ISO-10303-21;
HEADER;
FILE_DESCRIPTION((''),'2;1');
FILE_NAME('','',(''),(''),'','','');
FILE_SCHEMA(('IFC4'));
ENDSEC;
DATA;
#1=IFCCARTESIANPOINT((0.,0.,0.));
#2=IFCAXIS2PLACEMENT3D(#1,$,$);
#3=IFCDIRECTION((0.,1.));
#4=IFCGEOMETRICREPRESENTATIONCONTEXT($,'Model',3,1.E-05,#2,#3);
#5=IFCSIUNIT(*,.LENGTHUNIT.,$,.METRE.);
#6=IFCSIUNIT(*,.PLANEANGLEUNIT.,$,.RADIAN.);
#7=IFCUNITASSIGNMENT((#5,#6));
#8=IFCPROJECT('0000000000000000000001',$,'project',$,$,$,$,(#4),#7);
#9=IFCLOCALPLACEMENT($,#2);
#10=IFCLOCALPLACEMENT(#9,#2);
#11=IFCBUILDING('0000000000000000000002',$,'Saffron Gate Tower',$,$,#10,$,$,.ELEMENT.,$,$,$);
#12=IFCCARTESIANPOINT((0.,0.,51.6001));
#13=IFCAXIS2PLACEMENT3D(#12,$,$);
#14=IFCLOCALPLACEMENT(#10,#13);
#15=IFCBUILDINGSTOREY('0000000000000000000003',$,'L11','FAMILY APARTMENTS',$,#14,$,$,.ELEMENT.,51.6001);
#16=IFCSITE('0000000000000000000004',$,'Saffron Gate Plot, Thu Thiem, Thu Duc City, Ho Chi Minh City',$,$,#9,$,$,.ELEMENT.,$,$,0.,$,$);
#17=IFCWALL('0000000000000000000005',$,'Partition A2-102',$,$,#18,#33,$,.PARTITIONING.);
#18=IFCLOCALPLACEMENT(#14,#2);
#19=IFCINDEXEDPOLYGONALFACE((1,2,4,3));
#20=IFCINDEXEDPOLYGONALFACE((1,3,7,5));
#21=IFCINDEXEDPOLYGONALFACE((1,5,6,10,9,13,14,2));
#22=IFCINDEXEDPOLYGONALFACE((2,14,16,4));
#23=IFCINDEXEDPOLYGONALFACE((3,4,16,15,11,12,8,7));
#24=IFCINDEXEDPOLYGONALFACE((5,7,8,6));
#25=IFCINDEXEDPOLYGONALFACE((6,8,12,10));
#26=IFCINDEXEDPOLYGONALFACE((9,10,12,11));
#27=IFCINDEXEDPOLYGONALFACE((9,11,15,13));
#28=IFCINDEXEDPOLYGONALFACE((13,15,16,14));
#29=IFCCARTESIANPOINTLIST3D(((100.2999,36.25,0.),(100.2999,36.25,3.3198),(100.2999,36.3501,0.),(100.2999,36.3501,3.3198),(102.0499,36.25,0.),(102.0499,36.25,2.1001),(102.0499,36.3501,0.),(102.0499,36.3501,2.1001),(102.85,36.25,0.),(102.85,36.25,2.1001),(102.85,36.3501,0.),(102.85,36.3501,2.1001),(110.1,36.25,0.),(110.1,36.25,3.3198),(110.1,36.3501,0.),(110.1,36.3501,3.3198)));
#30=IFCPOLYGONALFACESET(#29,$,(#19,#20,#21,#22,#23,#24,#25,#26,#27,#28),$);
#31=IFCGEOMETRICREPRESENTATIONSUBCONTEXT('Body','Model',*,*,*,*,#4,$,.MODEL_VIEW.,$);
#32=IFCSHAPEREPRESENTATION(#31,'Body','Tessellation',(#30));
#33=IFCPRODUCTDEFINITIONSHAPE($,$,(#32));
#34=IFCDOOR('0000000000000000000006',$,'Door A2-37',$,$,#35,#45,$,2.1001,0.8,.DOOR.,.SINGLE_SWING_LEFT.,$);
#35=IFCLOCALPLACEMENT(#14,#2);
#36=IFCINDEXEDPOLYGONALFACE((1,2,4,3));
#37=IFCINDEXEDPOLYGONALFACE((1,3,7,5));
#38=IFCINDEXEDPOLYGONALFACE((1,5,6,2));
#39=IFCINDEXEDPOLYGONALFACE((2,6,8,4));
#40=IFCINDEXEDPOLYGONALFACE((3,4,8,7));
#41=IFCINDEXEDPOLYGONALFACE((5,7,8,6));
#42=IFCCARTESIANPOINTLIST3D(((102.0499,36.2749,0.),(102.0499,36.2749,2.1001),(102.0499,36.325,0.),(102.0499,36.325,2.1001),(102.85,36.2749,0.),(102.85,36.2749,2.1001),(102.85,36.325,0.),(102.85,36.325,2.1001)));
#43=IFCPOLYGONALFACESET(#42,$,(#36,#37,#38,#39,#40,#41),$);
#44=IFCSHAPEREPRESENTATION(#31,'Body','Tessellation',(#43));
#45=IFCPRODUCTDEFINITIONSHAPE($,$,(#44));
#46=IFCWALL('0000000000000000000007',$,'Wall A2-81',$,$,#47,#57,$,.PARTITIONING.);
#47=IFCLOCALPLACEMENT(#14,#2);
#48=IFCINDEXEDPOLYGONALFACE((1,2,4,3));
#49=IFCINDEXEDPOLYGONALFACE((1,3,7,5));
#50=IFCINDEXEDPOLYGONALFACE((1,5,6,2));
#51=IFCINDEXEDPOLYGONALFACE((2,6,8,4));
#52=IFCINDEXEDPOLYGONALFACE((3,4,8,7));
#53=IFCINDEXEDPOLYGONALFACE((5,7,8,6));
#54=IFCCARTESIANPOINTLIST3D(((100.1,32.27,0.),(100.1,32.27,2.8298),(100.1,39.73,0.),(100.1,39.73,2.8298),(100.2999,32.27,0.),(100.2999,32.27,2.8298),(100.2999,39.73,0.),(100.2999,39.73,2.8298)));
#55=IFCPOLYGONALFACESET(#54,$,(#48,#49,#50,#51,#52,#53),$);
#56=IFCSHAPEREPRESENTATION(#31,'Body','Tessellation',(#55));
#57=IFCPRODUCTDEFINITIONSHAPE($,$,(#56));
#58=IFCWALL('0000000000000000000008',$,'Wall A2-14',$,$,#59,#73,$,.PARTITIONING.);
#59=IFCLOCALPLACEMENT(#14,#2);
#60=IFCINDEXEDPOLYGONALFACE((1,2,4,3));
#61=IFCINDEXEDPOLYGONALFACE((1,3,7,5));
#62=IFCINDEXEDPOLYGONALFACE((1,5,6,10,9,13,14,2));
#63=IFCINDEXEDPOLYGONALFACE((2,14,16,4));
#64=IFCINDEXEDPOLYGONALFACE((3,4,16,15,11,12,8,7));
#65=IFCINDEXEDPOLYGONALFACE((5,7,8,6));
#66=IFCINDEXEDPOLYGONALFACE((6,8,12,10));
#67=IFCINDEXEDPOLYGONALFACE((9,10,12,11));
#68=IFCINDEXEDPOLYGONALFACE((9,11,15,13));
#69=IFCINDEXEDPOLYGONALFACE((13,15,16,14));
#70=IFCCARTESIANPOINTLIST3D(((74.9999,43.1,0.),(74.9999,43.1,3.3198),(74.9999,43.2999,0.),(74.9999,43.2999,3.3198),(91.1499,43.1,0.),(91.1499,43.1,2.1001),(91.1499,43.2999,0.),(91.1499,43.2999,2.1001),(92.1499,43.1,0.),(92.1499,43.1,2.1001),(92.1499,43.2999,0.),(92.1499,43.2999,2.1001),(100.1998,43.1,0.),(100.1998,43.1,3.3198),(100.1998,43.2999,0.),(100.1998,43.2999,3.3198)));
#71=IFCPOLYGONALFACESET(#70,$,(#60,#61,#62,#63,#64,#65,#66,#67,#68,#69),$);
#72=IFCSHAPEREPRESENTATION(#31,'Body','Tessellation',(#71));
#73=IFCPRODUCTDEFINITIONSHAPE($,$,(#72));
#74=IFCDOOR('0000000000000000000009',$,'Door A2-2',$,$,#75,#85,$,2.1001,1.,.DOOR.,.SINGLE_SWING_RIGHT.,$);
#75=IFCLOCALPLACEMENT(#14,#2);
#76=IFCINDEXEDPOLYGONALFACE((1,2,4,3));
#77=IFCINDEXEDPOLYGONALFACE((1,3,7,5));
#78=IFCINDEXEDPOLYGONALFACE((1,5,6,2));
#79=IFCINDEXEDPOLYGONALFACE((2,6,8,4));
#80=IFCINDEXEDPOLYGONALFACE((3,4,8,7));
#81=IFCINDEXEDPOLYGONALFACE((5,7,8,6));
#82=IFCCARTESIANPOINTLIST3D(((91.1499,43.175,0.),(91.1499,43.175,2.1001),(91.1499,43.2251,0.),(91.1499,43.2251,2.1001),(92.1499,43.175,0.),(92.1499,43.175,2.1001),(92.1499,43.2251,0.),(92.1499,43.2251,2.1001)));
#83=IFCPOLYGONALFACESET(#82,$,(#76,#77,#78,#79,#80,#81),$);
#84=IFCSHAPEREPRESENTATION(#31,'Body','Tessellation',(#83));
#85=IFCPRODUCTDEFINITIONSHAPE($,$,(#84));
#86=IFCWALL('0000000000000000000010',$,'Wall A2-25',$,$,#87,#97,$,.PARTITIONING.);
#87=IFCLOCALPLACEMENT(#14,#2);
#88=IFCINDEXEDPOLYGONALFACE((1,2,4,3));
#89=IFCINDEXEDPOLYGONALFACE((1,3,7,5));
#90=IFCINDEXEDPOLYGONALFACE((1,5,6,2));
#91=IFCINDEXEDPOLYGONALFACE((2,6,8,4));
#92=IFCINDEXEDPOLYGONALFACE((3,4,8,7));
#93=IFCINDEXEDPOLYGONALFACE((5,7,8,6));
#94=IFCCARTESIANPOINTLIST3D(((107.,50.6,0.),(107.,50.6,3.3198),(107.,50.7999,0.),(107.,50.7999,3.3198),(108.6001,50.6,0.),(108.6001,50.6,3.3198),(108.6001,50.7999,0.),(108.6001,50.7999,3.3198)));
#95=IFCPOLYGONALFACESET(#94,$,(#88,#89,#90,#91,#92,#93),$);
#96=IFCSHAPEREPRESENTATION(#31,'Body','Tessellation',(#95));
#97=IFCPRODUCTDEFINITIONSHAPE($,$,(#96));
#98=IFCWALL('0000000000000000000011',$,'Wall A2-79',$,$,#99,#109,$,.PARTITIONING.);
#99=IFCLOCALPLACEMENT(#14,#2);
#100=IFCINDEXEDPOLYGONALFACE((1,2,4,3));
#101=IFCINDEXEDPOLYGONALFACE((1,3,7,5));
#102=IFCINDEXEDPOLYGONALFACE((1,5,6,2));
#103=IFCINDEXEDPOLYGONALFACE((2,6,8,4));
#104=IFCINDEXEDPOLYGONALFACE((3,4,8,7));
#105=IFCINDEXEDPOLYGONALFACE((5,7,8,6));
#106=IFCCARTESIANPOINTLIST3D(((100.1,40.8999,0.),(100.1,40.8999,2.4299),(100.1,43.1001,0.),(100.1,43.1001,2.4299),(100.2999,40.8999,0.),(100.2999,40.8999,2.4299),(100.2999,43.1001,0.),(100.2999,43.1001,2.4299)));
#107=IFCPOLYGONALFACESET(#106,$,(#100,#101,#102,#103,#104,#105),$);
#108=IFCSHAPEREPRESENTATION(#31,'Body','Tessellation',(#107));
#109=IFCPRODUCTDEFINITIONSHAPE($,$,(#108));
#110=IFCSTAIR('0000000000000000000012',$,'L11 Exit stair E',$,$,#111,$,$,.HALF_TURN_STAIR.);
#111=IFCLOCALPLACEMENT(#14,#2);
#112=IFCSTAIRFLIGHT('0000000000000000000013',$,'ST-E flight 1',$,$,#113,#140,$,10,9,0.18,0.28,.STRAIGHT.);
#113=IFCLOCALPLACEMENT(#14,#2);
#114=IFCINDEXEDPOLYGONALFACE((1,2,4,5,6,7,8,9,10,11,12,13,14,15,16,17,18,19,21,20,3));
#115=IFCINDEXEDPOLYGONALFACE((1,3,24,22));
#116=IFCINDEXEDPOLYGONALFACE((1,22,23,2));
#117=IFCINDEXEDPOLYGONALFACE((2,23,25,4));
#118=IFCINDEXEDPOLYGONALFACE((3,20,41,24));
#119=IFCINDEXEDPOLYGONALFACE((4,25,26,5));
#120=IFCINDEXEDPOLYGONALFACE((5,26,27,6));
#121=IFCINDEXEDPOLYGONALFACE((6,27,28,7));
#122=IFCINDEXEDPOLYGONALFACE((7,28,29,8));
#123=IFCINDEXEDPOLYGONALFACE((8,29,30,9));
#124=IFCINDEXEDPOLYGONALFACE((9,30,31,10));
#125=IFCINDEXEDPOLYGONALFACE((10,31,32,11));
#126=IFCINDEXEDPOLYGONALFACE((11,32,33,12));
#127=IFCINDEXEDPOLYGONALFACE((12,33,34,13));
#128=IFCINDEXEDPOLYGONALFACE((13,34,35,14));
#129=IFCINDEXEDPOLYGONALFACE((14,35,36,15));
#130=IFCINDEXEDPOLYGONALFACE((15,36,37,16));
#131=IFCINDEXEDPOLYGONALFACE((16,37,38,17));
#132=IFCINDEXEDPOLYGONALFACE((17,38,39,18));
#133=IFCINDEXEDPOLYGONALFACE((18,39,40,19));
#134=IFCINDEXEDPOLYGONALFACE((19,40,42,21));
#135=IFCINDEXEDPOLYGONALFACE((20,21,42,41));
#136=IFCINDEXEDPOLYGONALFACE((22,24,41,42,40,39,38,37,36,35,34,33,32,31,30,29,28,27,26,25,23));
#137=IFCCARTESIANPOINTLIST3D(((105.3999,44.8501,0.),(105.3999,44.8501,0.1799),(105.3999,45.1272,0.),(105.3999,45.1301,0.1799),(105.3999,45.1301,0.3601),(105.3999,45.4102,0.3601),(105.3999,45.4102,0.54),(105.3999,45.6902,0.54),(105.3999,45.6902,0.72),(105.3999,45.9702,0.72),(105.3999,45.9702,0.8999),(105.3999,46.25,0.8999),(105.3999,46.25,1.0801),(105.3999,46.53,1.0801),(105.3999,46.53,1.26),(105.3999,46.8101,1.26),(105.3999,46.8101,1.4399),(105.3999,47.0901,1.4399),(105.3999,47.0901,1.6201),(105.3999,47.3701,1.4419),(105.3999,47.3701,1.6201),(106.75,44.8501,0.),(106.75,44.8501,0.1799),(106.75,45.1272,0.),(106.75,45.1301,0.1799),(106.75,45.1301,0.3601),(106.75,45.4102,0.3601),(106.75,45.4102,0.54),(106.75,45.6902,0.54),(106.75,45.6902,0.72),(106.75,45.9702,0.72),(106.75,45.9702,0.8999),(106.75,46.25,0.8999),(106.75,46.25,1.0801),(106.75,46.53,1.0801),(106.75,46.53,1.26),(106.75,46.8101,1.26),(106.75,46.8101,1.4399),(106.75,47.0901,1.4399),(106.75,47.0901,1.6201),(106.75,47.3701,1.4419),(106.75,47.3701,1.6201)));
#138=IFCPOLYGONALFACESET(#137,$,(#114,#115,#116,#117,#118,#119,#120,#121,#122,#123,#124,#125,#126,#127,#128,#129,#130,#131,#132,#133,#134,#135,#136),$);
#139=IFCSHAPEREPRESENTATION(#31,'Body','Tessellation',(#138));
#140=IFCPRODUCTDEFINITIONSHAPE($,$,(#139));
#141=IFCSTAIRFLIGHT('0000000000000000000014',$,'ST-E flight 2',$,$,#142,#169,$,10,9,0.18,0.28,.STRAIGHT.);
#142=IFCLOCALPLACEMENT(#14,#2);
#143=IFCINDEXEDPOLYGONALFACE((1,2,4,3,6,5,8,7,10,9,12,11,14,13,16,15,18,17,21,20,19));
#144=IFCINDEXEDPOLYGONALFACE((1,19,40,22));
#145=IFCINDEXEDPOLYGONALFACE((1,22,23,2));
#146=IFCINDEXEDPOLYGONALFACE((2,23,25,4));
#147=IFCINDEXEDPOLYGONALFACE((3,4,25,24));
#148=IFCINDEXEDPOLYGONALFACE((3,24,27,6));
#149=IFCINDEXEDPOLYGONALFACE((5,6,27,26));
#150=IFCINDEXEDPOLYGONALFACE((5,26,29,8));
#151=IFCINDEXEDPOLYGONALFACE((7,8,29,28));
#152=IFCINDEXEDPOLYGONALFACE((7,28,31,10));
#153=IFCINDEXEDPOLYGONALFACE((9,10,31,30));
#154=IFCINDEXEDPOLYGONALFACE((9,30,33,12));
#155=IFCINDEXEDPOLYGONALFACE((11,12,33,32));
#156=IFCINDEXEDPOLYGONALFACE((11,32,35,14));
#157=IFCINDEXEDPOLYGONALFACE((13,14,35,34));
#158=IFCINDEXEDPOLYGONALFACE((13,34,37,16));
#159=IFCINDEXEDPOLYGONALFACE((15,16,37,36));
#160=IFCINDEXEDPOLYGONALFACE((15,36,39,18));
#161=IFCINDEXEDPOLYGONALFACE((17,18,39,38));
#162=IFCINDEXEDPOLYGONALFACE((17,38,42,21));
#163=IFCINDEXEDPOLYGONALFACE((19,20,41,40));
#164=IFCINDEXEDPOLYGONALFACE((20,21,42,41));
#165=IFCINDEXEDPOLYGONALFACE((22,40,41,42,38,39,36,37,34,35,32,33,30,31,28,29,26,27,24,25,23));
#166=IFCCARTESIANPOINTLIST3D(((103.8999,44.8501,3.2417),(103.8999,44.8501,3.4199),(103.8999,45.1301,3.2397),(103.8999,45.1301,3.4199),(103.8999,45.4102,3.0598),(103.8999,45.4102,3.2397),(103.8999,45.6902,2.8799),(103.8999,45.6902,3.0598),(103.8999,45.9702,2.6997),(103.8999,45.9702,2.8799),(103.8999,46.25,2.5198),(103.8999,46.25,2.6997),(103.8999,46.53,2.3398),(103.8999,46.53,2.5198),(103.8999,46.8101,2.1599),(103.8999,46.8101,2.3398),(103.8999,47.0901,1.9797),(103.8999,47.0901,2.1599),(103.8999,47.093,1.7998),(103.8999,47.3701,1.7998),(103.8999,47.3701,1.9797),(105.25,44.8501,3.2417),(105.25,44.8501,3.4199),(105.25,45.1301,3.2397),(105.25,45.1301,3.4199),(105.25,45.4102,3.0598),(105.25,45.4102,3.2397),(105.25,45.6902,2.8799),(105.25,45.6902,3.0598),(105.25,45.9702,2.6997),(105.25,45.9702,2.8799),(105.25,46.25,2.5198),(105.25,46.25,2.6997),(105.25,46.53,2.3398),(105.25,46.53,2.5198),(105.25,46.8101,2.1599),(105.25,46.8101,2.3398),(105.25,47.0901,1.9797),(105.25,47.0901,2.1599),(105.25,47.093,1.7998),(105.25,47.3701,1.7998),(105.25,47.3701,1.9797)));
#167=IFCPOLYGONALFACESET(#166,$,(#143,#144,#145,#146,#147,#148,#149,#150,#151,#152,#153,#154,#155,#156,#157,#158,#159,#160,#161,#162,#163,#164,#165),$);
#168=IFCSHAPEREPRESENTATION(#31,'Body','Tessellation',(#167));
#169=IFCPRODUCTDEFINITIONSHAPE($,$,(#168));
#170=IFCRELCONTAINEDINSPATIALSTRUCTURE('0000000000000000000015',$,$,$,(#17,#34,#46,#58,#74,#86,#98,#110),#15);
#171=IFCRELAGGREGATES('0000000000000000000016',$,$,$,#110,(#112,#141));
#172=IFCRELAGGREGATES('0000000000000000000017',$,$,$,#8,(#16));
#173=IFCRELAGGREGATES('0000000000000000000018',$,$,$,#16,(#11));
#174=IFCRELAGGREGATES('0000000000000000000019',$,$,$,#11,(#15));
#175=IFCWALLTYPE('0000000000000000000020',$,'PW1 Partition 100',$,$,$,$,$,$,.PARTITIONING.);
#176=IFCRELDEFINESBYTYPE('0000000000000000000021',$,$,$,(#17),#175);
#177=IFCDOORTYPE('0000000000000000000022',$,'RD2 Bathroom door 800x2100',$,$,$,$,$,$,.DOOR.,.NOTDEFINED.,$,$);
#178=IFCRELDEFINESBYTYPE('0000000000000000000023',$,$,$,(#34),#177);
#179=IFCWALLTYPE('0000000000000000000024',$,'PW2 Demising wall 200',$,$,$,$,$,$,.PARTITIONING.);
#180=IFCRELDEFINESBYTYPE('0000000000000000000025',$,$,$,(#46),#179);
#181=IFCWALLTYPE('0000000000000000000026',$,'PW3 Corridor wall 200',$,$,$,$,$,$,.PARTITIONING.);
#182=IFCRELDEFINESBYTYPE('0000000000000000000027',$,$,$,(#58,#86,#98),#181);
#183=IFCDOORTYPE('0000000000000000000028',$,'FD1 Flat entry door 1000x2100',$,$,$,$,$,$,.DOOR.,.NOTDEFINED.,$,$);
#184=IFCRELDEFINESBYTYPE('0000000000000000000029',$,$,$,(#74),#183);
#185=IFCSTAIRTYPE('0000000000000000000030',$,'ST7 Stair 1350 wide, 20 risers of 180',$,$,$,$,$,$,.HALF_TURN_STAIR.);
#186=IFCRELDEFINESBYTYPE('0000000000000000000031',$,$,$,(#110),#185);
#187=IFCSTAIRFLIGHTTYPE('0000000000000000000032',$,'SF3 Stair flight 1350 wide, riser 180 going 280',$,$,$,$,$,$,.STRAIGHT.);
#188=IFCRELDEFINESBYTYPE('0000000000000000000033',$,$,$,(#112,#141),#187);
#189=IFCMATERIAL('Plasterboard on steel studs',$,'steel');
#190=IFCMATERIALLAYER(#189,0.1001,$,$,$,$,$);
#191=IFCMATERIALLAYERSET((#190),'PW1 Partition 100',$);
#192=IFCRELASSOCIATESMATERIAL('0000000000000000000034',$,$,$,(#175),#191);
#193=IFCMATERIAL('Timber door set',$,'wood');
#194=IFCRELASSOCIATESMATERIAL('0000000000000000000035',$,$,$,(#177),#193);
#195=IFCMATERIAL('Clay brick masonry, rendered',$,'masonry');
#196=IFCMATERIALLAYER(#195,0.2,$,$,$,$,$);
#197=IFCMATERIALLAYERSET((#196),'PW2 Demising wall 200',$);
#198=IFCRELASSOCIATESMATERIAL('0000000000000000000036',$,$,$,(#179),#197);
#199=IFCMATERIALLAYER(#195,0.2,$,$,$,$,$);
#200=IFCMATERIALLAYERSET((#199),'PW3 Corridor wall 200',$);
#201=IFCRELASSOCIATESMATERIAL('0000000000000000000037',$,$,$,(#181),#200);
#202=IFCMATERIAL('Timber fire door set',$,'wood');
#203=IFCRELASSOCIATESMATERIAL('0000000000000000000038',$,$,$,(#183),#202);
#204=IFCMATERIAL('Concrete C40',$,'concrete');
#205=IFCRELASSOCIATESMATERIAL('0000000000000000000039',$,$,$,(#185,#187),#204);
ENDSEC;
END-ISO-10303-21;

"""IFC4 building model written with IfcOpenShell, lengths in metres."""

from ifc_helpers import new_model, si_unit, direction, frame, frame_2d, origin, place, context, subcontext, project, spatial, polyline, rectangle, outline, extrude, material, layer, layer_set, type_object, element, fill, aggregate, save


model = new_model("IFC4")

# Units and contexts
model_context = context("Model", 3, precision=1e-05, world=origin(), true_north=direction((0.0, 1.0)))
body_context = subcontext(model_context, "Body", "Model", "MODEL_VIEW")
ifc_project = project(units=[si_unit("LENGTHUNIT", "METRE"), si_unit("PLANEANGLEUNIT", "RADIAN")], contexts=[model_context])

# Site, building, storey
site_placement = place(None, origin())
site = spatial("IfcSite", under=ifc_project, at=site_placement, Name="Saffron Gate Plot, Thu Thiem, Thu Duc City, Ho Chi Minh City", CompositionType="ELEMENT", RefElevation=0.0)
building_placement = place(site_placement, origin())
building = spatial("IfcBuilding", under=site, at=building_placement, Name="Saffron Gate Tower", CompositionType="ELEMENT")
storey_placement = place(building_placement, frame((0.0, 0.0, 51.6001)))
storey = spatial("IfcBuildingStorey", under=building, at=storey_placement, Name="L11", Description="FAMILY APARTMENTS", CompositionType="ELEMENT", Elevation=51.6001)

# Shared definitions
ifc_material_1 = material(Name="Plasterboard on steel studs", Category="steel")
ifc_layer_1 = layer(ifc_material_1, 0.1001)
ifc_layer_set_1 = layer_set([ifc_layer_1], Name="PW1 Partition 100")
wall_type_1 = type_object("IfcWallType", Name="PW1 Partition 100", PredefinedType="PARTITIONING", material=ifc_layer_set_1)

# Wall, opening, door
wall_1_placement = place(storey_placement, frame((100.3, 36.3, 0.0), z_axis=(0.0, 0.0, 1.0), x_axis=(1.0, 0.0, 0.0)))
wall_1 = element("IfcWall", 1, at=wall_1_placement, inside=storey, type_object=wall_type_1, Name="Partition A2-102", PredefinedType="PARTITIONING", context=body_context, shape_type="SweptSolid", body=[
    extrude(rectangle(XDim=9.8, YDim=0.1001, at=frame_2d((4.8999, 0.0))), origin(), (0.0, 0.0, 1.0), 3.3198),
])
opening_1_placement = place(wall_1_placement, frame((1.75, 0.0, 0.0)))
opening_1 = element("IfcOpeningElement", 2, at=opening_1_placement, cuts=wall_1, PredefinedType="OPENING", context=body_context, shape_type="SweptSolid", body=[
    extrude(rectangle(XDim=0.8, YDim=2.1001, at=frame_2d((0.3999, 1.05))), frame((0.0, 0.0601, 0.0), z_axis=(0.0, -1.0, 0.0), x_axis=(1.0, 0.0, 0.0)), (0.0, 0.0, 1.0), 0.1201),
])
ifc_material_2 = material(Name="Timber door set", Category="wood")
door_type_1 = type_object("IfcDoorType", Name="RD2 Bathroom door 800x2100", OperationType="NOTDEFINED", PredefinedType="DOOR", material=ifc_material_2)
door_1_placement = place(opening_1_placement, origin())
door_1 = element("IfcDoor", 3, at=door_1_placement, inside=storey, type_object=door_type_1, Name="Door A2-37", OperationType="SINGLE_SWING_LEFT", OverallHeight=2.1001, OverallWidth=0.8, PredefinedType="DOOR", context=body_context, shape_type="SweptSolid", body=[
    extrude(rectangle(XDim=0.8, YDim=2.1001, at=frame_2d((0.3999, 1.05))), frame((0.0, 0.0249, 0.0), z_axis=(0.0, -1.0, 0.0), x_axis=(1.0, 0.0, 0.0)), (0.0, 0.0, 1.0), 0.05),
])
fill(opening_1, door_1)

# Wall
ifc_material_3 = material(Name="Clay brick masonry, rendered", Category="masonry")
ifc_layer_2 = layer(ifc_material_3, 0.2)
ifc_layer_set_2 = layer_set([ifc_layer_2], Name="PW2 Demising wall 200")
wall_type_2 = type_object("IfcWallType", Name="PW2 Demising wall 200", PredefinedType="PARTITIONING", material=ifc_layer_set_2)
wall_2_placement = place(storey_placement, frame((100.2, 39.73, 0.0), z_axis=(0.0, 0.0, 1.0), x_axis=(0.0, -1.0, 0.0)))
element("IfcWall", 4, at=wall_2_placement, inside=storey, type_object=wall_type_2, Name="Wall A2-81", PredefinedType="PARTITIONING", context=body_context, shape_type="SweptSolid", body=[
    extrude(rectangle(XDim=7.46, YDim=0.2, at=frame_2d((3.73, 0.0))), origin(), (0.0, 0.0, 1.0), 2.8298),
])

# Wall, opening, door
ifc_layer_3 = layer(ifc_material_3, 0.2)
ifc_layer_set_3 = layer_set([ifc_layer_3], Name="PW3 Corridor wall 200")
wall_type_3 = type_object("IfcWallType", Name="PW3 Corridor wall 200", PredefinedType="PARTITIONING", material=ifc_layer_set_3)
wall_3_placement = place(storey_placement, frame((100.2, 43.2, 0.0), z_axis=(0.0, 0.0, 1.0), x_axis=(-1.0, 0.0, 0.0)))
wall_3 = element("IfcWall", 5, at=wall_3_placement, inside=storey, type_object=wall_type_3, Name="Wall A2-14", PredefinedType="PARTITIONING", context=body_context, shape_type="SweptSolid", body=[
    extrude(rectangle(XDim=25.2, YDim=0.2, at=frame_2d((12.6001, 0.0))), origin(), (0.0, 0.0, 1.0), 3.3198),
])
opening_2_placement = place(wall_3_placement, frame((8.05, 0.0, 0.0)))
opening_2 = element("IfcOpeningElement", 6, at=opening_2_placement, cuts=wall_3, PredefinedType="OPENING", context=body_context, shape_type="SweptSolid", body=[
    extrude(rectangle(XDim=1.0, YDim=2.1001, at=frame_2d((0.5, 1.05))), frame((0.0, 0.1099, 0.0), z_axis=(0.0, -1.0, 0.0), x_axis=(1.0, 0.0, 0.0)), (0.0, 0.0, 1.0), 0.22),
])
ifc_material_4 = material(Name="Timber fire door set", Category="wood")
door_type_2 = type_object("IfcDoorType", Name="FD1 Flat entry door 1000x2100", OperationType="NOTDEFINED", PredefinedType="DOOR", material=ifc_material_4)
door_2_placement = place(opening_2_placement, origin())
door_2 = element("IfcDoor", 7, at=door_2_placement, inside=storey, type_object=door_type_2, Name="Door A2-2", OperationType="SINGLE_SWING_RIGHT", OverallHeight=2.1001, OverallWidth=1.0, PredefinedType="DOOR", context=body_context, shape_type="SweptSolid", body=[
    extrude(rectangle(XDim=1.0, YDim=2.1001, at=frame_2d((0.5, 1.05))), frame((0.0, 0.0249, 0.0), z_axis=(0.0, -1.0, 0.0), x_axis=(1.0, 0.0, 0.0)), (0.0, 0.0, 1.0), 0.05),
])
fill(opening_2, door_2)

# Walls
wall_4_placement = place(storey_placement, frame((107.0, 50.7, 0.0), z_axis=(0.0, 0.0, 1.0), x_axis=(1.0, 0.0, 0.0)))
element("IfcWall", 8, at=wall_4_placement, inside=storey, type_object=wall_type_3, Name="Wall A2-25", PredefinedType="PARTITIONING", context=body_context, shape_type="SweptSolid", body=[
    extrude(rectangle(XDim=1.6001, YDim=0.2, at=frame_2d((0.8, 0.0))), origin(), (0.0, 0.0, 1.0), 3.3198),
])
wall_5_placement = place(storey_placement, frame((100.2, 43.1001, 0.0), z_axis=(0.0, 0.0, 1.0), x_axis=(0.0, -1.0, 0.0)))
element("IfcWall", 9, at=wall_5_placement, inside=storey, type_object=wall_type_3, Name="Wall A2-79", PredefinedType="PARTITIONING", context=body_context, shape_type="SweptSolid", body=[
    extrude(rectangle(XDim=2.2002, YDim=0.2, at=frame_2d((1.1001, 0.0))), origin(), (0.0, 0.0, 1.0), 2.4299),
])

# Stair, stair flights
ifc_material_5 = material(Name="Concrete C40", Category="concrete")
stair_type = type_object("IfcStairType", Name="ST7 Stair 1350 wide, 20 risers of 180", PredefinedType="HALF_TURN_STAIR", material=ifc_material_5)
stair_placement = place(storey_placement, origin())
stair = element("IfcStair", 10, at=stair_placement, inside=storey, type_object=stair_type, Name="L11 Exit stair E", PredefinedType="HALF_TURN_STAIR")
stair_flight_type = type_object("IfcStairFlightType", Name="SF3 Stair flight 1350 wide, riser 180 going 280", PredefinedType="STRAIGHT", material=ifc_material_5)
stair_flight_1_placement = place(storey_placement, frame((106.075, 44.8501, 0.0), z_axis=(0.0, 0.0, 1.0), x_axis=(0.0, 1.0, 0.0)))
stair_flight_1 = element("IfcStairFlight", 11, at=stair_flight_1_placement, type_object=stair_flight_type, Name="ST-E flight 1", NumberOfRisers=10, NumberOfTreads=9, PredefinedType="STRAIGHT", RiserHeight=0.18, TreadLength=0.28, context=body_context, shape_type="SweptSolid", body=[
    extrude(outline(polyline([(0.0, 0.0), (0.0, 0.1799), (0.28, 0.1799), (0.28, 0.3601), (0.5601, 0.3601), (0.5601, 0.54), (0.8401, 0.54), (0.8401, 0.72), (1.1201, 0.72), (1.1201, 0.8999), (1.3999, 0.8999), (1.3999, 1.0801), (1.6799, 1.0801), (1.6799, 1.26), (1.96, 1.26), (1.96, 1.4399), (2.24, 1.4399), (2.24, 1.6201), (2.52, 1.6201), (2.52, 1.8), (2.52, 1.4419), (0.2771, 0.0), (0.0, 0.0)])), frame((0.0, 0.675, 0.0), z_axis=(0.0, -1.0, 0.0), x_axis=(1.0, 0.0, 0.0)), (0.0, 0.0, 1.0), 1.3501),
])
stair_flight_2_placement = place(storey_placement, frame((104.575, 47.3701, 1.7998), z_axis=(0.0, 0.0, 1.0), x_axis=(0.0, -1.0, 0.0)))
stair_flight_2 = element("IfcStairFlight", 12, at=stair_flight_2_placement, type_object=stair_flight_type, Name="ST-E flight 2", NumberOfRisers=10, NumberOfTreads=9, PredefinedType="STRAIGHT", RiserHeight=0.18, TreadLength=0.28, context=body_context, shape_type="SweptSolid", body=[
    extrude(outline(polyline([(0.0, 0.0), (0.0, 0.1799), (0.28, 0.1799), (0.28, 0.3601), (0.5601, 0.3601), (0.5601, 0.54), (0.8401, 0.54), (0.8401, 0.72), (1.1201, 0.72), (1.1201, 0.8999), (1.3999, 0.8999), (1.3999, 1.0801), (1.6799, 1.0801), (1.6799, 1.26), (1.96, 1.26), (1.96, 1.4399), (2.24, 1.4399), (2.24, 1.6201), (2.52, 1.6201), (2.52, 1.8), (2.52, 1.4419), (0.2771, 0.0), (0.0, 0.0)])), frame((0.0, 0.675, 0.0), z_axis=(0.0, -1.0, 0.0), x_axis=(1.0, 0.0, 0.0)), (0.0, 0.0, 1.0), 1.3501),
])
aggregate(stair, [stair_flight_1, stair_flight_2])

save(model, "model.ifc")
